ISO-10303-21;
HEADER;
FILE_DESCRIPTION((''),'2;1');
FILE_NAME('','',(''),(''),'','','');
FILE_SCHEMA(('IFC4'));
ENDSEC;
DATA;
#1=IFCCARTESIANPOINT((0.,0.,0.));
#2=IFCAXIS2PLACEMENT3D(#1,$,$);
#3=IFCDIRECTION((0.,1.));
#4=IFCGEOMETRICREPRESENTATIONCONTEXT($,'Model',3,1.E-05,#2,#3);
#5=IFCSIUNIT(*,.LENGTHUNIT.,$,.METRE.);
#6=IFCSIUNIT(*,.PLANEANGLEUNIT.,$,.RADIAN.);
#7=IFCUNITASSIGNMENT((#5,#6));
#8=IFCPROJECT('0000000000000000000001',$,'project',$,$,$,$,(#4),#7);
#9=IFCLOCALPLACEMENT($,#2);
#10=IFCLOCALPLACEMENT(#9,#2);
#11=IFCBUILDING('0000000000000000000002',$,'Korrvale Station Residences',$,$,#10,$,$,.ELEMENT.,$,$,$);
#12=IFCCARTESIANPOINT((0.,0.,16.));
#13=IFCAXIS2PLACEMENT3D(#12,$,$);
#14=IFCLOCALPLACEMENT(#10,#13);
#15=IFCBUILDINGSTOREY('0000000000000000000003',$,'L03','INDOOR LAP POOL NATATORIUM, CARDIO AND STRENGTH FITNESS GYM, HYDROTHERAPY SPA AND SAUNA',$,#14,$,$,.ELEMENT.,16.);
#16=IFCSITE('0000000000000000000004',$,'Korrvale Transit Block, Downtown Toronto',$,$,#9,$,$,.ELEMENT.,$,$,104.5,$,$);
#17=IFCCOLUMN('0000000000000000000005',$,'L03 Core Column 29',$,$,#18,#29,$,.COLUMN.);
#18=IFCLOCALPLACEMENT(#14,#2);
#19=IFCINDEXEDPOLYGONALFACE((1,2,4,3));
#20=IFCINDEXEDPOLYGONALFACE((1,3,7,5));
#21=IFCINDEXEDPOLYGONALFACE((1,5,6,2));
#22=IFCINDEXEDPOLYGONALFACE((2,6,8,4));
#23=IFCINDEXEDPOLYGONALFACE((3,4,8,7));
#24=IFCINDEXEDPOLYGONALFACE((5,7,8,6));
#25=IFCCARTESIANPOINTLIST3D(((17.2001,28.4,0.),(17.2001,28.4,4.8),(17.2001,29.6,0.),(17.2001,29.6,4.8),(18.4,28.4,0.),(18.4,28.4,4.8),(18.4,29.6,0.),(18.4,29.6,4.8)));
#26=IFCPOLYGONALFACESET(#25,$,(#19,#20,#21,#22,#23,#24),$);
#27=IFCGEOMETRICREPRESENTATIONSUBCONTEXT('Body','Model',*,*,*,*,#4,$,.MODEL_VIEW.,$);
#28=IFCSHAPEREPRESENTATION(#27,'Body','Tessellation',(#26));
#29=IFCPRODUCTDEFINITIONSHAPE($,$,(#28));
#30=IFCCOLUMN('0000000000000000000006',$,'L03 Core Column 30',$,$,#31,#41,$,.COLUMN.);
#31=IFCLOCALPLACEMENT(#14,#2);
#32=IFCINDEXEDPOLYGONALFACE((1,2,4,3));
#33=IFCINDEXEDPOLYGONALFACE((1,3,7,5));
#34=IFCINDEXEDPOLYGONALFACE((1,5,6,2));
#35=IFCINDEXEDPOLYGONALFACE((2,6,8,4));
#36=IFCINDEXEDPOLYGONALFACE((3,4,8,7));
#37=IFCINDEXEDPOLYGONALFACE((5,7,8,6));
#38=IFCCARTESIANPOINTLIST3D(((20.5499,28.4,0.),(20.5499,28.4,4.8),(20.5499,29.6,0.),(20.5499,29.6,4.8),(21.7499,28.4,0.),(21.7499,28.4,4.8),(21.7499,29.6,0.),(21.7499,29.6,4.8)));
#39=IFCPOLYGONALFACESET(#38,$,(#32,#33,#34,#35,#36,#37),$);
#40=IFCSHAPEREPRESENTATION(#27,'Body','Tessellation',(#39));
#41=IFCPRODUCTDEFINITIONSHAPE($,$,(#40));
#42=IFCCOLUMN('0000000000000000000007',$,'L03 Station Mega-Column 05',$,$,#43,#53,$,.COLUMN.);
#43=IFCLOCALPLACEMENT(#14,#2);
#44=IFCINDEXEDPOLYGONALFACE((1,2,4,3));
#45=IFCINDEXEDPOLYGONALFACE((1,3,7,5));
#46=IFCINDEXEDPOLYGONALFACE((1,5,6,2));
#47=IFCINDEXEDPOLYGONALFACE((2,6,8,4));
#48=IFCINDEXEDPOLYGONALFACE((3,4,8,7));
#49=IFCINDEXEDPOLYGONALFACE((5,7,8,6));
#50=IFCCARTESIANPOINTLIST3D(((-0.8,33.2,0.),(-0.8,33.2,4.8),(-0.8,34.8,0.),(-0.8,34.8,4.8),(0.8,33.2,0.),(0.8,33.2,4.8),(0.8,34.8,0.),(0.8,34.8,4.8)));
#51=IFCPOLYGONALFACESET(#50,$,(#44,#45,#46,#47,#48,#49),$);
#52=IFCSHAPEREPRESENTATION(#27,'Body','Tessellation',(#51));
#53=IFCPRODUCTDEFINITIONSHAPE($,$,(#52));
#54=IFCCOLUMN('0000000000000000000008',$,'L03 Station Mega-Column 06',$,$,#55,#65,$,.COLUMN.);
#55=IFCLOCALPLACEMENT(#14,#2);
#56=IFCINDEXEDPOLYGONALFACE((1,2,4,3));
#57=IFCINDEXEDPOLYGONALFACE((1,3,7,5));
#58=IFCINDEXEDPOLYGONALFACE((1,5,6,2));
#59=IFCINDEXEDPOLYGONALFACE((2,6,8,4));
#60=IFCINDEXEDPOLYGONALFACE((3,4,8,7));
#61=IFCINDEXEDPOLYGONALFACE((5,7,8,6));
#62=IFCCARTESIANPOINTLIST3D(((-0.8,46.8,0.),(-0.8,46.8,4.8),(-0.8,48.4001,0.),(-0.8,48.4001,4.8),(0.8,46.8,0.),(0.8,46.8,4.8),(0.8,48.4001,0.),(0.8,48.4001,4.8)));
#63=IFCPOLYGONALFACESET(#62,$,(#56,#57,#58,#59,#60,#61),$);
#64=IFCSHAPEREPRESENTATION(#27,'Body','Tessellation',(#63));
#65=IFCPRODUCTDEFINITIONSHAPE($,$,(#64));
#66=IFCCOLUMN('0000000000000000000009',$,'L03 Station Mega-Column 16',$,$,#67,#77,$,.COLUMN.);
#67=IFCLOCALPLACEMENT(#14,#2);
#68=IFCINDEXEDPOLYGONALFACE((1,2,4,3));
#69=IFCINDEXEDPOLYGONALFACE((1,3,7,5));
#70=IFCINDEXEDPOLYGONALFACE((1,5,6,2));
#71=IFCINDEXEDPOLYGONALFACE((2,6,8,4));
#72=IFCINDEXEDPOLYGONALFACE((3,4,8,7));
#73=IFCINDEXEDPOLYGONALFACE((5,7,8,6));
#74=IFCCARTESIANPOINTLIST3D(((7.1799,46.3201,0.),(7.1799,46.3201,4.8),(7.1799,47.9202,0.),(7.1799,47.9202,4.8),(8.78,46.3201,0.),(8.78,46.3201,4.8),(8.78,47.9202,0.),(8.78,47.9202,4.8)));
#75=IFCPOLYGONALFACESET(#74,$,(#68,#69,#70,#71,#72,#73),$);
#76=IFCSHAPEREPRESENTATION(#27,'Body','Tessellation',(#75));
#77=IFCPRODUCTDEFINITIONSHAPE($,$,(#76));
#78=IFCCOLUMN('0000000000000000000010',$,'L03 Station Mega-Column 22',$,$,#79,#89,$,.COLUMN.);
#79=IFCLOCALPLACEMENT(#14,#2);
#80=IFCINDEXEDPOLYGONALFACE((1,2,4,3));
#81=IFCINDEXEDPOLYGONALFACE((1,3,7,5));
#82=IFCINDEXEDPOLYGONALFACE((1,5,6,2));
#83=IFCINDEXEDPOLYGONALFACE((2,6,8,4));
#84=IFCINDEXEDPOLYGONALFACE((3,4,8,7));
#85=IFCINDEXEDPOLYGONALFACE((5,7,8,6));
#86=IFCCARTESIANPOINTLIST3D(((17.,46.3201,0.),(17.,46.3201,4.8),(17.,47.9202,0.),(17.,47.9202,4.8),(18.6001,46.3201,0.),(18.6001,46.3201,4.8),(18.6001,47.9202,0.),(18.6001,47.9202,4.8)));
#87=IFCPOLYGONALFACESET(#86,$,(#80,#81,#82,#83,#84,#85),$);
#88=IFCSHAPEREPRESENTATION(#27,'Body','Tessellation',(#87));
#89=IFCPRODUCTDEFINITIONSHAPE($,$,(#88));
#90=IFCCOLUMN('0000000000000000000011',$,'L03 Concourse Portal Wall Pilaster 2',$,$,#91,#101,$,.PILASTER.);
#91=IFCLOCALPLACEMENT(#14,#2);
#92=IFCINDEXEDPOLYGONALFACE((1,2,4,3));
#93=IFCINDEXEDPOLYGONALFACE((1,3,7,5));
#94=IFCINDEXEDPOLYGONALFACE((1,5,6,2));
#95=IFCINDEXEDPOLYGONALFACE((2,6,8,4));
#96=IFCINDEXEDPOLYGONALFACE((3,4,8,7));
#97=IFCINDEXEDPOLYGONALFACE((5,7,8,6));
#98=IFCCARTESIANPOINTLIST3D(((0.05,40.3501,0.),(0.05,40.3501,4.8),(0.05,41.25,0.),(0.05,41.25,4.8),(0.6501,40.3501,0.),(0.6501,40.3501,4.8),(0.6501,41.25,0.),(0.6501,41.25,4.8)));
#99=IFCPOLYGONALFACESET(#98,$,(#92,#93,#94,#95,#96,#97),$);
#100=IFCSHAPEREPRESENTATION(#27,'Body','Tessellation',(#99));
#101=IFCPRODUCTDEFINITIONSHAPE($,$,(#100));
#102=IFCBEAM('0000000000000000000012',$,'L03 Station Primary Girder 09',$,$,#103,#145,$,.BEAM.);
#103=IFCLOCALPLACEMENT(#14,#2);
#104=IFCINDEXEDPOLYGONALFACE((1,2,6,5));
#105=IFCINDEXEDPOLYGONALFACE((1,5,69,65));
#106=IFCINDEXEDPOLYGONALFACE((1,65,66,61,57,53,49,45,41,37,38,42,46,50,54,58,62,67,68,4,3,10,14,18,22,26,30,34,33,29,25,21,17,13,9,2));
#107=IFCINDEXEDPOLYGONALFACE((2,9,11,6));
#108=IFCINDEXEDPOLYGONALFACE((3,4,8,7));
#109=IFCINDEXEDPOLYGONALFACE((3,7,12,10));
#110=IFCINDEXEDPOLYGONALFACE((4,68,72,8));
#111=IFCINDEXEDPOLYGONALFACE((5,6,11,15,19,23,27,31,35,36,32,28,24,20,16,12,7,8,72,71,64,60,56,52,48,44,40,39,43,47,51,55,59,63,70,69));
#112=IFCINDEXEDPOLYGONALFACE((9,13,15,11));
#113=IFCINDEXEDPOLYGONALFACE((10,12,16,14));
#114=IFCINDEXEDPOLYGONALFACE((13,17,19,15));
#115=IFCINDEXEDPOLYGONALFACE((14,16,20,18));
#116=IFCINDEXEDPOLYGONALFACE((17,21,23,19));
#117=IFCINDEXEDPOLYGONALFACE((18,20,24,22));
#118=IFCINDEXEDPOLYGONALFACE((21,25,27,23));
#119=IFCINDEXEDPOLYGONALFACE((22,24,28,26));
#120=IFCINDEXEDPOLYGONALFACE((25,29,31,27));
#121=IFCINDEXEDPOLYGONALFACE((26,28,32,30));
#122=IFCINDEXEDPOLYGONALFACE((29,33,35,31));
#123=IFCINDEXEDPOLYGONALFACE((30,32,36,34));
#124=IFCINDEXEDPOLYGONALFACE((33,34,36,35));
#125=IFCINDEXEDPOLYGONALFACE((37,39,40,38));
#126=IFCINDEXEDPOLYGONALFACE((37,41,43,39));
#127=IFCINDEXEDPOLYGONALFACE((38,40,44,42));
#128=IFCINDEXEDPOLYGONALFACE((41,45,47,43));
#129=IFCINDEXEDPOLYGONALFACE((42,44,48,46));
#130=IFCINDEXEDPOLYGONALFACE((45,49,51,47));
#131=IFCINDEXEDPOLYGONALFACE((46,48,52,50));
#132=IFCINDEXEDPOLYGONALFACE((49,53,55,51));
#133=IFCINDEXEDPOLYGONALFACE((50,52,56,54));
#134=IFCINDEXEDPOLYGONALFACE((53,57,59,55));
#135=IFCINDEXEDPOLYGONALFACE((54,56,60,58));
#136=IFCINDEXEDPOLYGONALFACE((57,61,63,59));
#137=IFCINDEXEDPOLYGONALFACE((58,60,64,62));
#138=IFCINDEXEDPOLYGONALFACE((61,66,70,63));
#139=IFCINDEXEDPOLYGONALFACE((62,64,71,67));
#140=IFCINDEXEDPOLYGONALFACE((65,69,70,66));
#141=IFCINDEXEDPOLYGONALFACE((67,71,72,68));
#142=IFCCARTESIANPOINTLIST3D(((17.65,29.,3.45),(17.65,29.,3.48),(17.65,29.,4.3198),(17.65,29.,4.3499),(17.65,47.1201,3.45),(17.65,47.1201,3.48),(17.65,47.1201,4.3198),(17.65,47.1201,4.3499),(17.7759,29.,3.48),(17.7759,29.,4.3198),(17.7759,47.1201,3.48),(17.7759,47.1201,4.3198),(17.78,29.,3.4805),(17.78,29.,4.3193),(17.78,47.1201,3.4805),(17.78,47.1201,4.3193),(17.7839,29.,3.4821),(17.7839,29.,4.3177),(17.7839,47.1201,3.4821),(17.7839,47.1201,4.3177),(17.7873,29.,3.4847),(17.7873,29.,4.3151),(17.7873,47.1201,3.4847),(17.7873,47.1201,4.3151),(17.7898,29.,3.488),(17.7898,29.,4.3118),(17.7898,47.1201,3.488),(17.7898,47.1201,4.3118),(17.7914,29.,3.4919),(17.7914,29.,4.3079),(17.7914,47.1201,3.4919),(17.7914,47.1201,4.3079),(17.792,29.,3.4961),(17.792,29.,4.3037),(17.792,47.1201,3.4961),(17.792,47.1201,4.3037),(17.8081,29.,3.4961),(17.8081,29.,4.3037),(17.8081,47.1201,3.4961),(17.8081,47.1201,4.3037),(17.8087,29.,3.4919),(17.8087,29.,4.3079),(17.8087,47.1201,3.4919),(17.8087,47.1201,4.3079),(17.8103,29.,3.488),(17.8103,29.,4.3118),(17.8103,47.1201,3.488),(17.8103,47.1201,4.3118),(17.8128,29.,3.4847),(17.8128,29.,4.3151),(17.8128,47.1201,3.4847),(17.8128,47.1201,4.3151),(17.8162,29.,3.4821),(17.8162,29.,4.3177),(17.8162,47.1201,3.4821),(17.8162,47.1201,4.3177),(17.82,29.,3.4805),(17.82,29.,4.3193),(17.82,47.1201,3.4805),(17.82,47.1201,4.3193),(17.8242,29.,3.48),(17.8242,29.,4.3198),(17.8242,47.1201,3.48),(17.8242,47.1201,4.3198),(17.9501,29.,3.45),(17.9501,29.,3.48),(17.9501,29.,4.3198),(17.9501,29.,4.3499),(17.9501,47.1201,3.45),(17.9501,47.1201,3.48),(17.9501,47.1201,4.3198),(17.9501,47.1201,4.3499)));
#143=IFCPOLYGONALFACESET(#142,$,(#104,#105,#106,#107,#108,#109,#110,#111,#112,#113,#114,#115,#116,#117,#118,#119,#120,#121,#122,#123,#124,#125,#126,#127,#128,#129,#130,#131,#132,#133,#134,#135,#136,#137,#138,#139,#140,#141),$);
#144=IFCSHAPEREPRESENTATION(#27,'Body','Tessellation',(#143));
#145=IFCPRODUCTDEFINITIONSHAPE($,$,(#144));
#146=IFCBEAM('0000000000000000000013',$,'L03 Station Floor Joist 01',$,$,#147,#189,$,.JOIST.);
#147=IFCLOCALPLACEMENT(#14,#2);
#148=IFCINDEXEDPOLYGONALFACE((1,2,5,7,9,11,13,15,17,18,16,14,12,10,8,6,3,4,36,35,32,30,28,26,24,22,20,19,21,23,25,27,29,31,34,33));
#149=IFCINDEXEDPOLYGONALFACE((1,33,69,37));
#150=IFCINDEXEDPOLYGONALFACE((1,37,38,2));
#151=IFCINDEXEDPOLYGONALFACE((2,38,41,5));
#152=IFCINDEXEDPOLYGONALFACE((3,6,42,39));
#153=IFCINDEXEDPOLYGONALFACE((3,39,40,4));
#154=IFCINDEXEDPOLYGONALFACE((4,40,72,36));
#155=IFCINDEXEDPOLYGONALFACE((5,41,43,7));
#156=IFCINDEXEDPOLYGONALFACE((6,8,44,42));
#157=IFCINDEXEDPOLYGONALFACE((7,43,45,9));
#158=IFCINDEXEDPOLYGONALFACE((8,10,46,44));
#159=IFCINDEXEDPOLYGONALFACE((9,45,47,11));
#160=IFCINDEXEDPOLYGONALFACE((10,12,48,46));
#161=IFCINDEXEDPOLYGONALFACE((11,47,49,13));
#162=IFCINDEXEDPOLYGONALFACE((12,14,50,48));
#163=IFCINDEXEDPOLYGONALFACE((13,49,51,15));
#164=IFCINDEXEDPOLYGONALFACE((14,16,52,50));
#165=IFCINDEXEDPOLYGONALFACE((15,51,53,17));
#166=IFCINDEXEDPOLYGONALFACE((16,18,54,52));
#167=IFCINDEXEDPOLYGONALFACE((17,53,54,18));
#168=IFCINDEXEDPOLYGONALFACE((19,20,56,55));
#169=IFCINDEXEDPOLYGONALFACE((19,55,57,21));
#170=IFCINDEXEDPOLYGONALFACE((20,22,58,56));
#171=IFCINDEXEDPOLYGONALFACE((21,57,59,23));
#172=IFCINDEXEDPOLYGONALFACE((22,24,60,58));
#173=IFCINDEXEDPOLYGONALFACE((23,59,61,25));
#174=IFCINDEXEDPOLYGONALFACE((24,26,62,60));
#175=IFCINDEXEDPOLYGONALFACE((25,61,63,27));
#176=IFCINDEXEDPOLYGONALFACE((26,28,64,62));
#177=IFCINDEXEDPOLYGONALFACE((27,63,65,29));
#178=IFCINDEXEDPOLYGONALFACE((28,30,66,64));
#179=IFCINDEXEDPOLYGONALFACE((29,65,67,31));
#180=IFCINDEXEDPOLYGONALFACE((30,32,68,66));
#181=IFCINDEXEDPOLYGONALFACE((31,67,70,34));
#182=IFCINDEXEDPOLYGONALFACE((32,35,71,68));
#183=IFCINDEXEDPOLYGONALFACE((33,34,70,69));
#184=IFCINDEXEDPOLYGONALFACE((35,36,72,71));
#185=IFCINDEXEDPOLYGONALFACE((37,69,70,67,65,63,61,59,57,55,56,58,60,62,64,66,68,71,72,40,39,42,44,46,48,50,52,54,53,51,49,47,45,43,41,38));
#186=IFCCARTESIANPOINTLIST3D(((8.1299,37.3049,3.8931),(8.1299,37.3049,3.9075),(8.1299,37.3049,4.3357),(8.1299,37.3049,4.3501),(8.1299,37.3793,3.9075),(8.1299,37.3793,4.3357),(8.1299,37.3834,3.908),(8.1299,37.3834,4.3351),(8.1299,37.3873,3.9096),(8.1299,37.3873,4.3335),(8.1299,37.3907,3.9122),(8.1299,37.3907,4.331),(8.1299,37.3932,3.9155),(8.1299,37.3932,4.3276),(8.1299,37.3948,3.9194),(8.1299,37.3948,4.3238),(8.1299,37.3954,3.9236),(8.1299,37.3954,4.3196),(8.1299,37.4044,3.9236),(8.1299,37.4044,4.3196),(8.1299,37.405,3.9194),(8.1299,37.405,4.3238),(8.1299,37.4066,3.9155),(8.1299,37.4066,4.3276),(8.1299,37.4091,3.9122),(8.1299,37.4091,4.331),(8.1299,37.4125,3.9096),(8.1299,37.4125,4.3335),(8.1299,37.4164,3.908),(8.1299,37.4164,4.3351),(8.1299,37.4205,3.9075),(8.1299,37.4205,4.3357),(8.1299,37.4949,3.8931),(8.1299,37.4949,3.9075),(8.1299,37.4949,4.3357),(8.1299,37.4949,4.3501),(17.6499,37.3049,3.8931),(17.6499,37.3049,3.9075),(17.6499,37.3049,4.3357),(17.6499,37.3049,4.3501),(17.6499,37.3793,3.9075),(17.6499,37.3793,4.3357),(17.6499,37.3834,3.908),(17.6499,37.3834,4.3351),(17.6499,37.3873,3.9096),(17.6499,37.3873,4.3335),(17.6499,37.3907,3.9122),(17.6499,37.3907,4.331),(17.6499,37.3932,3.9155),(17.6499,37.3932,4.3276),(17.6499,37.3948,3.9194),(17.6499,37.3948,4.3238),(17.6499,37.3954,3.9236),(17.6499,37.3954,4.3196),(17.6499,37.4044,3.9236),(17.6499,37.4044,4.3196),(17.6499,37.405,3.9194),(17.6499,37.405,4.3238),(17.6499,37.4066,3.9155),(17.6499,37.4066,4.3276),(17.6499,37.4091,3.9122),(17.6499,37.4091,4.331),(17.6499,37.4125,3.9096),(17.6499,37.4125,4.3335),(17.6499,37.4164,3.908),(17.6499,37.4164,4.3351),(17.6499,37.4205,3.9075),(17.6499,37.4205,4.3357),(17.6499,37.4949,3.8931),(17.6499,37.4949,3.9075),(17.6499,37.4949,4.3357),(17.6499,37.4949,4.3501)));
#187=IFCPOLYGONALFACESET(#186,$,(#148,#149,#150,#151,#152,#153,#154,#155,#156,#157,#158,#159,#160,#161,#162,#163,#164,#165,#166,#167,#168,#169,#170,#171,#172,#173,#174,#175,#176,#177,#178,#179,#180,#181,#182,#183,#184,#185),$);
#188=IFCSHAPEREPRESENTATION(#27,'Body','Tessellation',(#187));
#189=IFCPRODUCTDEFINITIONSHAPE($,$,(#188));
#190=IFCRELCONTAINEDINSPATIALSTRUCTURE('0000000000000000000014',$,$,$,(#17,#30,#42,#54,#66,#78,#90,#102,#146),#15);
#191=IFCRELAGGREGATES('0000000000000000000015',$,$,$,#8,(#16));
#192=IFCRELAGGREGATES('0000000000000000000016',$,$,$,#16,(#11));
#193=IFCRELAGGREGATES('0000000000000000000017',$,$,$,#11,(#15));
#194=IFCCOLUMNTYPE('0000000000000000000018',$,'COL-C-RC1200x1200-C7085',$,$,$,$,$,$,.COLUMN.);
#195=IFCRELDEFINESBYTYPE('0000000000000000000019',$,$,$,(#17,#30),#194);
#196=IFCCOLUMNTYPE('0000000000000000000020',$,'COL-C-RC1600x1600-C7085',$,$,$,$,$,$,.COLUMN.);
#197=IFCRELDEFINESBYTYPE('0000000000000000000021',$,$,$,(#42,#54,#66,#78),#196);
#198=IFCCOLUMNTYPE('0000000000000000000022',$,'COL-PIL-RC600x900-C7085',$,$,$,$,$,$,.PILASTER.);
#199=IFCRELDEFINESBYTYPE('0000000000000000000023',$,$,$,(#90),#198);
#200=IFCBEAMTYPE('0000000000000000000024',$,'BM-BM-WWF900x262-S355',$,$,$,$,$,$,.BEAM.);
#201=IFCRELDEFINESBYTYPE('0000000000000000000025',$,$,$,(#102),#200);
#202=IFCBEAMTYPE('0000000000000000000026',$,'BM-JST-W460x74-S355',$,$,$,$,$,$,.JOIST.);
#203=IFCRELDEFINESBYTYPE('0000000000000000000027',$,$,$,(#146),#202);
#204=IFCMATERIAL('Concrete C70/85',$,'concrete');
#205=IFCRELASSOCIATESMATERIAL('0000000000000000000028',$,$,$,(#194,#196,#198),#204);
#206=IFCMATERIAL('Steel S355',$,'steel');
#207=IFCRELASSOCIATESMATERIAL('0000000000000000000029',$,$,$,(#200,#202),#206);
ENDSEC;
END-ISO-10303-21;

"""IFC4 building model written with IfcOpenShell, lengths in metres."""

from ifc_helpers import new_model, si_unit, direction, frame, origin, origin_2d, place, context, subcontext, project, spatial, rectangle, i_section, extrude, material, material_profile, profile_set, type_object, element, save


model = new_model("IFC4")

# Units and contexts
model_context = context("Model", 3, precision=1e-05, world=origin(), true_north=direction((0.0, 1.0)))
body_context = subcontext(model_context, "Body", "Model", "MODEL_VIEW")
ifc_project = project(units=[si_unit("LENGTHUNIT", "METRE"), si_unit("PLANEANGLEUNIT", "RADIAN")], contexts=[model_context])

# Site, building, storey
site_placement = place(None, origin())
site = spatial("IfcSite", under=ifc_project, at=site_placement, Name="Korrvale Transit Block, Downtown Toronto", CompositionType="ELEMENT", RefElevation=104.5)
building_placement = place(site_placement, origin())
building = spatial("IfcBuilding", under=site, at=building_placement, Name="Korrvale Station Residences", CompositionType="ELEMENT")
storey_placement = place(building_placement, frame((0.0, 0.0, 16.0)))
storey = spatial("IfcBuildingStorey", under=building, at=storey_placement, Name="L03", Description="INDOOR LAP POOL NATATORIUM, CARDIO AND STRENGTH FITNESS GYM, HYDROTHERAPY SPA AND SAUNA", CompositionType="ELEMENT", Elevation=16.0)

# Columns
ifc_material_1 = material(Name="Concrete C70/85", Category="concrete")
ifc_material_profile_1 = material_profile(ifc_material_1, rectangle(XDim=1.2, YDim=1.2, at=origin_2d()), Name="RC1200x1200")
ifc_profile_set_1 = profile_set([ifc_material_profile_1], Name="Concrete C70/85")
column_type_1 = type_object("IfcColumnType", Name="COL-C-RC1200x1200-C7085", PredefinedType="COLUMN", material=ifc_profile_set_1)
for number, where, z_axis, x_axis, name in (
    (1, (17.8, 29.0, 0.0), (0.0, 0.0, 1.0), (1.0, 0.0, 0.0), "L03 Core Column 29"),
    (2, (21.1499, 29.0, 0.0), (0.0, 0.0, 1.0), (1.0, 0.0, 0.0), "L03 Core Column 30"),
):
    element("IfcColumn", number, at=place(storey_placement, frame(where, z_axis=z_axis, x_axis=x_axis)), inside=storey, type_object=column_type_1, Name=name, PredefinedType="COLUMN", context=body_context, shape_type="SweptSolid", body=[
        extrude(rectangle(XDim=1.2, YDim=1.2, at=origin_2d()), origin(), (0.0, 0.0, 1.0), 4.8),
    ])
ifc_material_profile_2 = material_profile(ifc_material_1, rectangle(XDim=1.6001, YDim=1.6001, at=origin_2d()), Name="RC1600x1600")
ifc_profile_set_2 = profile_set([ifc_material_profile_2], Name="Concrete C70/85")
column_type_2 = type_object("IfcColumnType", Name="COL-C-RC1600x1600-C7085", PredefinedType="COLUMN", material=ifc_profile_set_2)
for number, where, z_axis, x_axis, name in (
    (3, (0.0, 34.0, 0.0), (0.0, 0.0, 1.0), (1.0, 0.0, 0.0), "L03 Station Mega-Column 05"),
    (4, (0.0, 47.6001, 0.0), (0.0, 0.0, 1.0), (1.0, 0.0, 0.0), "L03 Station Mega-Column 06"),
    (5, (7.98, 47.1201, 0.0), (0.0, 0.0, 1.0), (1.0, 0.0, 0.0), "L03 Station Mega-Column 16"),
    (6, (17.8, 47.1201, 0.0), (0.0, 0.0, 1.0), (1.0, 0.0, 0.0), "L03 Station Mega-Column 22"),
):
    element("IfcColumn", number, at=place(storey_placement, frame(where, z_axis=z_axis, x_axis=x_axis)), inside=storey, type_object=column_type_2, Name=name, PredefinedType="COLUMN", context=body_context, shape_type="SweptSolid", body=[
        extrude(rectangle(XDim=1.6001, YDim=1.6001, at=origin_2d()), origin(), (0.0, 0.0, 1.0), 4.8),
    ])
ifc_material_profile_3 = material_profile(ifc_material_1, rectangle(XDim=0.6001, YDim=0.8999, at=origin_2d()), Name="RC600x900")
ifc_profile_set_3 = profile_set([ifc_material_profile_3], Name="Concrete C70/85")
column_type_3 = type_object("IfcColumnType", Name="COL-PIL-RC600x900-C7085", PredefinedType="PILASTER", material=ifc_profile_set_3)
column_placement = place(storey_placement, frame((0.3501, 40.8, 0.0), z_axis=(0.0, 0.0, 1.0), x_axis=(1.0, 0.0, 0.0)))
element("IfcColumn", 7, at=column_placement, inside=storey, type_object=column_type_3, Name="L03 Concourse Portal Wall Pilaster 2", PredefinedType="PILASTER", context=body_context, shape_type="SweptSolid", body=[
    extrude(rectangle(XDim=0.6001, YDim=0.8999, at=origin_2d()), origin(), (0.0, 0.0, 1.0), 4.8),
])

# Beams
ifc_material_2 = material(Name="Steel S355", Category="steel")
ifc_material_profile_4 = material_profile(ifc_material_2, i_section(OverallWidth=0.3, OverallDepth=0.8999, WebThickness=0.0161, FlangeThickness=0.03, FilletRadius=0.0161, at=origin_2d()), Name="WWF900x262")
ifc_profile_set_4 = profile_set([ifc_material_profile_4], Name="Steel S355")
beam_type_1 = type_object("IfcBeamType", Name="BM-BM-WWF900x262-S355", PredefinedType="BEAM", material=ifc_profile_set_4)
beam_1_placement = place(storey_placement, frame((17.8, 29.0, 3.8999), z_axis=(0.0, 1.0, 0.0), x_axis=(-1.0, 0.0, 0.0)))
element("IfcBeam", 8, at=beam_1_placement, inside=storey, type_object=beam_type_1, Name="L03 Station Primary Girder 09", PredefinedType="BEAM", context=body_context, shape_type="SweptSolid", body=[
    extrude(i_section(OverallWidth=0.3, OverallDepth=0.8999, WebThickness=0.0161, FlangeThickness=0.03, FilletRadius=0.0161, at=origin_2d()), origin(), (0.0, 0.0, 1.0), 18.1201),
])
ifc_material_profile_5 = material_profile(ifc_material_2, i_section(OverallWidth=0.1899, OverallDepth=0.457, WebThickness=0.009, FlangeThickness=0.0144, FilletRadius=0.0161, at=origin_2d()), Name="W460x74")
ifc_profile_set_5 = profile_set([ifc_material_profile_5], Name="Steel S355")
beam_type_2 = type_object("IfcBeamType", Name="BM-JST-W460x74-S355", PredefinedType="JOIST", material=ifc_profile_set_5)
beam_2_placement = place(storey_placement, frame((8.1299, 37.3999, 4.1216), z_axis=(1.0, 0.0, 0.0), x_axis=(0.0, 1.0, 0.0)))
element("IfcBeam", 9, at=beam_2_placement, inside=storey, type_object=beam_type_2, Name="L03 Station Floor Joist 01", PredefinedType="JOIST", context=body_context, shape_type="SweptSolid", body=[
    extrude(i_section(OverallWidth=0.1899, OverallDepth=0.457, WebThickness=0.009, FlangeThickness=0.0144, FilletRadius=0.0161, at=origin_2d()), origin(), (0.0, 0.0, 1.0), 9.52),
])

save(model, "model.ifc")
